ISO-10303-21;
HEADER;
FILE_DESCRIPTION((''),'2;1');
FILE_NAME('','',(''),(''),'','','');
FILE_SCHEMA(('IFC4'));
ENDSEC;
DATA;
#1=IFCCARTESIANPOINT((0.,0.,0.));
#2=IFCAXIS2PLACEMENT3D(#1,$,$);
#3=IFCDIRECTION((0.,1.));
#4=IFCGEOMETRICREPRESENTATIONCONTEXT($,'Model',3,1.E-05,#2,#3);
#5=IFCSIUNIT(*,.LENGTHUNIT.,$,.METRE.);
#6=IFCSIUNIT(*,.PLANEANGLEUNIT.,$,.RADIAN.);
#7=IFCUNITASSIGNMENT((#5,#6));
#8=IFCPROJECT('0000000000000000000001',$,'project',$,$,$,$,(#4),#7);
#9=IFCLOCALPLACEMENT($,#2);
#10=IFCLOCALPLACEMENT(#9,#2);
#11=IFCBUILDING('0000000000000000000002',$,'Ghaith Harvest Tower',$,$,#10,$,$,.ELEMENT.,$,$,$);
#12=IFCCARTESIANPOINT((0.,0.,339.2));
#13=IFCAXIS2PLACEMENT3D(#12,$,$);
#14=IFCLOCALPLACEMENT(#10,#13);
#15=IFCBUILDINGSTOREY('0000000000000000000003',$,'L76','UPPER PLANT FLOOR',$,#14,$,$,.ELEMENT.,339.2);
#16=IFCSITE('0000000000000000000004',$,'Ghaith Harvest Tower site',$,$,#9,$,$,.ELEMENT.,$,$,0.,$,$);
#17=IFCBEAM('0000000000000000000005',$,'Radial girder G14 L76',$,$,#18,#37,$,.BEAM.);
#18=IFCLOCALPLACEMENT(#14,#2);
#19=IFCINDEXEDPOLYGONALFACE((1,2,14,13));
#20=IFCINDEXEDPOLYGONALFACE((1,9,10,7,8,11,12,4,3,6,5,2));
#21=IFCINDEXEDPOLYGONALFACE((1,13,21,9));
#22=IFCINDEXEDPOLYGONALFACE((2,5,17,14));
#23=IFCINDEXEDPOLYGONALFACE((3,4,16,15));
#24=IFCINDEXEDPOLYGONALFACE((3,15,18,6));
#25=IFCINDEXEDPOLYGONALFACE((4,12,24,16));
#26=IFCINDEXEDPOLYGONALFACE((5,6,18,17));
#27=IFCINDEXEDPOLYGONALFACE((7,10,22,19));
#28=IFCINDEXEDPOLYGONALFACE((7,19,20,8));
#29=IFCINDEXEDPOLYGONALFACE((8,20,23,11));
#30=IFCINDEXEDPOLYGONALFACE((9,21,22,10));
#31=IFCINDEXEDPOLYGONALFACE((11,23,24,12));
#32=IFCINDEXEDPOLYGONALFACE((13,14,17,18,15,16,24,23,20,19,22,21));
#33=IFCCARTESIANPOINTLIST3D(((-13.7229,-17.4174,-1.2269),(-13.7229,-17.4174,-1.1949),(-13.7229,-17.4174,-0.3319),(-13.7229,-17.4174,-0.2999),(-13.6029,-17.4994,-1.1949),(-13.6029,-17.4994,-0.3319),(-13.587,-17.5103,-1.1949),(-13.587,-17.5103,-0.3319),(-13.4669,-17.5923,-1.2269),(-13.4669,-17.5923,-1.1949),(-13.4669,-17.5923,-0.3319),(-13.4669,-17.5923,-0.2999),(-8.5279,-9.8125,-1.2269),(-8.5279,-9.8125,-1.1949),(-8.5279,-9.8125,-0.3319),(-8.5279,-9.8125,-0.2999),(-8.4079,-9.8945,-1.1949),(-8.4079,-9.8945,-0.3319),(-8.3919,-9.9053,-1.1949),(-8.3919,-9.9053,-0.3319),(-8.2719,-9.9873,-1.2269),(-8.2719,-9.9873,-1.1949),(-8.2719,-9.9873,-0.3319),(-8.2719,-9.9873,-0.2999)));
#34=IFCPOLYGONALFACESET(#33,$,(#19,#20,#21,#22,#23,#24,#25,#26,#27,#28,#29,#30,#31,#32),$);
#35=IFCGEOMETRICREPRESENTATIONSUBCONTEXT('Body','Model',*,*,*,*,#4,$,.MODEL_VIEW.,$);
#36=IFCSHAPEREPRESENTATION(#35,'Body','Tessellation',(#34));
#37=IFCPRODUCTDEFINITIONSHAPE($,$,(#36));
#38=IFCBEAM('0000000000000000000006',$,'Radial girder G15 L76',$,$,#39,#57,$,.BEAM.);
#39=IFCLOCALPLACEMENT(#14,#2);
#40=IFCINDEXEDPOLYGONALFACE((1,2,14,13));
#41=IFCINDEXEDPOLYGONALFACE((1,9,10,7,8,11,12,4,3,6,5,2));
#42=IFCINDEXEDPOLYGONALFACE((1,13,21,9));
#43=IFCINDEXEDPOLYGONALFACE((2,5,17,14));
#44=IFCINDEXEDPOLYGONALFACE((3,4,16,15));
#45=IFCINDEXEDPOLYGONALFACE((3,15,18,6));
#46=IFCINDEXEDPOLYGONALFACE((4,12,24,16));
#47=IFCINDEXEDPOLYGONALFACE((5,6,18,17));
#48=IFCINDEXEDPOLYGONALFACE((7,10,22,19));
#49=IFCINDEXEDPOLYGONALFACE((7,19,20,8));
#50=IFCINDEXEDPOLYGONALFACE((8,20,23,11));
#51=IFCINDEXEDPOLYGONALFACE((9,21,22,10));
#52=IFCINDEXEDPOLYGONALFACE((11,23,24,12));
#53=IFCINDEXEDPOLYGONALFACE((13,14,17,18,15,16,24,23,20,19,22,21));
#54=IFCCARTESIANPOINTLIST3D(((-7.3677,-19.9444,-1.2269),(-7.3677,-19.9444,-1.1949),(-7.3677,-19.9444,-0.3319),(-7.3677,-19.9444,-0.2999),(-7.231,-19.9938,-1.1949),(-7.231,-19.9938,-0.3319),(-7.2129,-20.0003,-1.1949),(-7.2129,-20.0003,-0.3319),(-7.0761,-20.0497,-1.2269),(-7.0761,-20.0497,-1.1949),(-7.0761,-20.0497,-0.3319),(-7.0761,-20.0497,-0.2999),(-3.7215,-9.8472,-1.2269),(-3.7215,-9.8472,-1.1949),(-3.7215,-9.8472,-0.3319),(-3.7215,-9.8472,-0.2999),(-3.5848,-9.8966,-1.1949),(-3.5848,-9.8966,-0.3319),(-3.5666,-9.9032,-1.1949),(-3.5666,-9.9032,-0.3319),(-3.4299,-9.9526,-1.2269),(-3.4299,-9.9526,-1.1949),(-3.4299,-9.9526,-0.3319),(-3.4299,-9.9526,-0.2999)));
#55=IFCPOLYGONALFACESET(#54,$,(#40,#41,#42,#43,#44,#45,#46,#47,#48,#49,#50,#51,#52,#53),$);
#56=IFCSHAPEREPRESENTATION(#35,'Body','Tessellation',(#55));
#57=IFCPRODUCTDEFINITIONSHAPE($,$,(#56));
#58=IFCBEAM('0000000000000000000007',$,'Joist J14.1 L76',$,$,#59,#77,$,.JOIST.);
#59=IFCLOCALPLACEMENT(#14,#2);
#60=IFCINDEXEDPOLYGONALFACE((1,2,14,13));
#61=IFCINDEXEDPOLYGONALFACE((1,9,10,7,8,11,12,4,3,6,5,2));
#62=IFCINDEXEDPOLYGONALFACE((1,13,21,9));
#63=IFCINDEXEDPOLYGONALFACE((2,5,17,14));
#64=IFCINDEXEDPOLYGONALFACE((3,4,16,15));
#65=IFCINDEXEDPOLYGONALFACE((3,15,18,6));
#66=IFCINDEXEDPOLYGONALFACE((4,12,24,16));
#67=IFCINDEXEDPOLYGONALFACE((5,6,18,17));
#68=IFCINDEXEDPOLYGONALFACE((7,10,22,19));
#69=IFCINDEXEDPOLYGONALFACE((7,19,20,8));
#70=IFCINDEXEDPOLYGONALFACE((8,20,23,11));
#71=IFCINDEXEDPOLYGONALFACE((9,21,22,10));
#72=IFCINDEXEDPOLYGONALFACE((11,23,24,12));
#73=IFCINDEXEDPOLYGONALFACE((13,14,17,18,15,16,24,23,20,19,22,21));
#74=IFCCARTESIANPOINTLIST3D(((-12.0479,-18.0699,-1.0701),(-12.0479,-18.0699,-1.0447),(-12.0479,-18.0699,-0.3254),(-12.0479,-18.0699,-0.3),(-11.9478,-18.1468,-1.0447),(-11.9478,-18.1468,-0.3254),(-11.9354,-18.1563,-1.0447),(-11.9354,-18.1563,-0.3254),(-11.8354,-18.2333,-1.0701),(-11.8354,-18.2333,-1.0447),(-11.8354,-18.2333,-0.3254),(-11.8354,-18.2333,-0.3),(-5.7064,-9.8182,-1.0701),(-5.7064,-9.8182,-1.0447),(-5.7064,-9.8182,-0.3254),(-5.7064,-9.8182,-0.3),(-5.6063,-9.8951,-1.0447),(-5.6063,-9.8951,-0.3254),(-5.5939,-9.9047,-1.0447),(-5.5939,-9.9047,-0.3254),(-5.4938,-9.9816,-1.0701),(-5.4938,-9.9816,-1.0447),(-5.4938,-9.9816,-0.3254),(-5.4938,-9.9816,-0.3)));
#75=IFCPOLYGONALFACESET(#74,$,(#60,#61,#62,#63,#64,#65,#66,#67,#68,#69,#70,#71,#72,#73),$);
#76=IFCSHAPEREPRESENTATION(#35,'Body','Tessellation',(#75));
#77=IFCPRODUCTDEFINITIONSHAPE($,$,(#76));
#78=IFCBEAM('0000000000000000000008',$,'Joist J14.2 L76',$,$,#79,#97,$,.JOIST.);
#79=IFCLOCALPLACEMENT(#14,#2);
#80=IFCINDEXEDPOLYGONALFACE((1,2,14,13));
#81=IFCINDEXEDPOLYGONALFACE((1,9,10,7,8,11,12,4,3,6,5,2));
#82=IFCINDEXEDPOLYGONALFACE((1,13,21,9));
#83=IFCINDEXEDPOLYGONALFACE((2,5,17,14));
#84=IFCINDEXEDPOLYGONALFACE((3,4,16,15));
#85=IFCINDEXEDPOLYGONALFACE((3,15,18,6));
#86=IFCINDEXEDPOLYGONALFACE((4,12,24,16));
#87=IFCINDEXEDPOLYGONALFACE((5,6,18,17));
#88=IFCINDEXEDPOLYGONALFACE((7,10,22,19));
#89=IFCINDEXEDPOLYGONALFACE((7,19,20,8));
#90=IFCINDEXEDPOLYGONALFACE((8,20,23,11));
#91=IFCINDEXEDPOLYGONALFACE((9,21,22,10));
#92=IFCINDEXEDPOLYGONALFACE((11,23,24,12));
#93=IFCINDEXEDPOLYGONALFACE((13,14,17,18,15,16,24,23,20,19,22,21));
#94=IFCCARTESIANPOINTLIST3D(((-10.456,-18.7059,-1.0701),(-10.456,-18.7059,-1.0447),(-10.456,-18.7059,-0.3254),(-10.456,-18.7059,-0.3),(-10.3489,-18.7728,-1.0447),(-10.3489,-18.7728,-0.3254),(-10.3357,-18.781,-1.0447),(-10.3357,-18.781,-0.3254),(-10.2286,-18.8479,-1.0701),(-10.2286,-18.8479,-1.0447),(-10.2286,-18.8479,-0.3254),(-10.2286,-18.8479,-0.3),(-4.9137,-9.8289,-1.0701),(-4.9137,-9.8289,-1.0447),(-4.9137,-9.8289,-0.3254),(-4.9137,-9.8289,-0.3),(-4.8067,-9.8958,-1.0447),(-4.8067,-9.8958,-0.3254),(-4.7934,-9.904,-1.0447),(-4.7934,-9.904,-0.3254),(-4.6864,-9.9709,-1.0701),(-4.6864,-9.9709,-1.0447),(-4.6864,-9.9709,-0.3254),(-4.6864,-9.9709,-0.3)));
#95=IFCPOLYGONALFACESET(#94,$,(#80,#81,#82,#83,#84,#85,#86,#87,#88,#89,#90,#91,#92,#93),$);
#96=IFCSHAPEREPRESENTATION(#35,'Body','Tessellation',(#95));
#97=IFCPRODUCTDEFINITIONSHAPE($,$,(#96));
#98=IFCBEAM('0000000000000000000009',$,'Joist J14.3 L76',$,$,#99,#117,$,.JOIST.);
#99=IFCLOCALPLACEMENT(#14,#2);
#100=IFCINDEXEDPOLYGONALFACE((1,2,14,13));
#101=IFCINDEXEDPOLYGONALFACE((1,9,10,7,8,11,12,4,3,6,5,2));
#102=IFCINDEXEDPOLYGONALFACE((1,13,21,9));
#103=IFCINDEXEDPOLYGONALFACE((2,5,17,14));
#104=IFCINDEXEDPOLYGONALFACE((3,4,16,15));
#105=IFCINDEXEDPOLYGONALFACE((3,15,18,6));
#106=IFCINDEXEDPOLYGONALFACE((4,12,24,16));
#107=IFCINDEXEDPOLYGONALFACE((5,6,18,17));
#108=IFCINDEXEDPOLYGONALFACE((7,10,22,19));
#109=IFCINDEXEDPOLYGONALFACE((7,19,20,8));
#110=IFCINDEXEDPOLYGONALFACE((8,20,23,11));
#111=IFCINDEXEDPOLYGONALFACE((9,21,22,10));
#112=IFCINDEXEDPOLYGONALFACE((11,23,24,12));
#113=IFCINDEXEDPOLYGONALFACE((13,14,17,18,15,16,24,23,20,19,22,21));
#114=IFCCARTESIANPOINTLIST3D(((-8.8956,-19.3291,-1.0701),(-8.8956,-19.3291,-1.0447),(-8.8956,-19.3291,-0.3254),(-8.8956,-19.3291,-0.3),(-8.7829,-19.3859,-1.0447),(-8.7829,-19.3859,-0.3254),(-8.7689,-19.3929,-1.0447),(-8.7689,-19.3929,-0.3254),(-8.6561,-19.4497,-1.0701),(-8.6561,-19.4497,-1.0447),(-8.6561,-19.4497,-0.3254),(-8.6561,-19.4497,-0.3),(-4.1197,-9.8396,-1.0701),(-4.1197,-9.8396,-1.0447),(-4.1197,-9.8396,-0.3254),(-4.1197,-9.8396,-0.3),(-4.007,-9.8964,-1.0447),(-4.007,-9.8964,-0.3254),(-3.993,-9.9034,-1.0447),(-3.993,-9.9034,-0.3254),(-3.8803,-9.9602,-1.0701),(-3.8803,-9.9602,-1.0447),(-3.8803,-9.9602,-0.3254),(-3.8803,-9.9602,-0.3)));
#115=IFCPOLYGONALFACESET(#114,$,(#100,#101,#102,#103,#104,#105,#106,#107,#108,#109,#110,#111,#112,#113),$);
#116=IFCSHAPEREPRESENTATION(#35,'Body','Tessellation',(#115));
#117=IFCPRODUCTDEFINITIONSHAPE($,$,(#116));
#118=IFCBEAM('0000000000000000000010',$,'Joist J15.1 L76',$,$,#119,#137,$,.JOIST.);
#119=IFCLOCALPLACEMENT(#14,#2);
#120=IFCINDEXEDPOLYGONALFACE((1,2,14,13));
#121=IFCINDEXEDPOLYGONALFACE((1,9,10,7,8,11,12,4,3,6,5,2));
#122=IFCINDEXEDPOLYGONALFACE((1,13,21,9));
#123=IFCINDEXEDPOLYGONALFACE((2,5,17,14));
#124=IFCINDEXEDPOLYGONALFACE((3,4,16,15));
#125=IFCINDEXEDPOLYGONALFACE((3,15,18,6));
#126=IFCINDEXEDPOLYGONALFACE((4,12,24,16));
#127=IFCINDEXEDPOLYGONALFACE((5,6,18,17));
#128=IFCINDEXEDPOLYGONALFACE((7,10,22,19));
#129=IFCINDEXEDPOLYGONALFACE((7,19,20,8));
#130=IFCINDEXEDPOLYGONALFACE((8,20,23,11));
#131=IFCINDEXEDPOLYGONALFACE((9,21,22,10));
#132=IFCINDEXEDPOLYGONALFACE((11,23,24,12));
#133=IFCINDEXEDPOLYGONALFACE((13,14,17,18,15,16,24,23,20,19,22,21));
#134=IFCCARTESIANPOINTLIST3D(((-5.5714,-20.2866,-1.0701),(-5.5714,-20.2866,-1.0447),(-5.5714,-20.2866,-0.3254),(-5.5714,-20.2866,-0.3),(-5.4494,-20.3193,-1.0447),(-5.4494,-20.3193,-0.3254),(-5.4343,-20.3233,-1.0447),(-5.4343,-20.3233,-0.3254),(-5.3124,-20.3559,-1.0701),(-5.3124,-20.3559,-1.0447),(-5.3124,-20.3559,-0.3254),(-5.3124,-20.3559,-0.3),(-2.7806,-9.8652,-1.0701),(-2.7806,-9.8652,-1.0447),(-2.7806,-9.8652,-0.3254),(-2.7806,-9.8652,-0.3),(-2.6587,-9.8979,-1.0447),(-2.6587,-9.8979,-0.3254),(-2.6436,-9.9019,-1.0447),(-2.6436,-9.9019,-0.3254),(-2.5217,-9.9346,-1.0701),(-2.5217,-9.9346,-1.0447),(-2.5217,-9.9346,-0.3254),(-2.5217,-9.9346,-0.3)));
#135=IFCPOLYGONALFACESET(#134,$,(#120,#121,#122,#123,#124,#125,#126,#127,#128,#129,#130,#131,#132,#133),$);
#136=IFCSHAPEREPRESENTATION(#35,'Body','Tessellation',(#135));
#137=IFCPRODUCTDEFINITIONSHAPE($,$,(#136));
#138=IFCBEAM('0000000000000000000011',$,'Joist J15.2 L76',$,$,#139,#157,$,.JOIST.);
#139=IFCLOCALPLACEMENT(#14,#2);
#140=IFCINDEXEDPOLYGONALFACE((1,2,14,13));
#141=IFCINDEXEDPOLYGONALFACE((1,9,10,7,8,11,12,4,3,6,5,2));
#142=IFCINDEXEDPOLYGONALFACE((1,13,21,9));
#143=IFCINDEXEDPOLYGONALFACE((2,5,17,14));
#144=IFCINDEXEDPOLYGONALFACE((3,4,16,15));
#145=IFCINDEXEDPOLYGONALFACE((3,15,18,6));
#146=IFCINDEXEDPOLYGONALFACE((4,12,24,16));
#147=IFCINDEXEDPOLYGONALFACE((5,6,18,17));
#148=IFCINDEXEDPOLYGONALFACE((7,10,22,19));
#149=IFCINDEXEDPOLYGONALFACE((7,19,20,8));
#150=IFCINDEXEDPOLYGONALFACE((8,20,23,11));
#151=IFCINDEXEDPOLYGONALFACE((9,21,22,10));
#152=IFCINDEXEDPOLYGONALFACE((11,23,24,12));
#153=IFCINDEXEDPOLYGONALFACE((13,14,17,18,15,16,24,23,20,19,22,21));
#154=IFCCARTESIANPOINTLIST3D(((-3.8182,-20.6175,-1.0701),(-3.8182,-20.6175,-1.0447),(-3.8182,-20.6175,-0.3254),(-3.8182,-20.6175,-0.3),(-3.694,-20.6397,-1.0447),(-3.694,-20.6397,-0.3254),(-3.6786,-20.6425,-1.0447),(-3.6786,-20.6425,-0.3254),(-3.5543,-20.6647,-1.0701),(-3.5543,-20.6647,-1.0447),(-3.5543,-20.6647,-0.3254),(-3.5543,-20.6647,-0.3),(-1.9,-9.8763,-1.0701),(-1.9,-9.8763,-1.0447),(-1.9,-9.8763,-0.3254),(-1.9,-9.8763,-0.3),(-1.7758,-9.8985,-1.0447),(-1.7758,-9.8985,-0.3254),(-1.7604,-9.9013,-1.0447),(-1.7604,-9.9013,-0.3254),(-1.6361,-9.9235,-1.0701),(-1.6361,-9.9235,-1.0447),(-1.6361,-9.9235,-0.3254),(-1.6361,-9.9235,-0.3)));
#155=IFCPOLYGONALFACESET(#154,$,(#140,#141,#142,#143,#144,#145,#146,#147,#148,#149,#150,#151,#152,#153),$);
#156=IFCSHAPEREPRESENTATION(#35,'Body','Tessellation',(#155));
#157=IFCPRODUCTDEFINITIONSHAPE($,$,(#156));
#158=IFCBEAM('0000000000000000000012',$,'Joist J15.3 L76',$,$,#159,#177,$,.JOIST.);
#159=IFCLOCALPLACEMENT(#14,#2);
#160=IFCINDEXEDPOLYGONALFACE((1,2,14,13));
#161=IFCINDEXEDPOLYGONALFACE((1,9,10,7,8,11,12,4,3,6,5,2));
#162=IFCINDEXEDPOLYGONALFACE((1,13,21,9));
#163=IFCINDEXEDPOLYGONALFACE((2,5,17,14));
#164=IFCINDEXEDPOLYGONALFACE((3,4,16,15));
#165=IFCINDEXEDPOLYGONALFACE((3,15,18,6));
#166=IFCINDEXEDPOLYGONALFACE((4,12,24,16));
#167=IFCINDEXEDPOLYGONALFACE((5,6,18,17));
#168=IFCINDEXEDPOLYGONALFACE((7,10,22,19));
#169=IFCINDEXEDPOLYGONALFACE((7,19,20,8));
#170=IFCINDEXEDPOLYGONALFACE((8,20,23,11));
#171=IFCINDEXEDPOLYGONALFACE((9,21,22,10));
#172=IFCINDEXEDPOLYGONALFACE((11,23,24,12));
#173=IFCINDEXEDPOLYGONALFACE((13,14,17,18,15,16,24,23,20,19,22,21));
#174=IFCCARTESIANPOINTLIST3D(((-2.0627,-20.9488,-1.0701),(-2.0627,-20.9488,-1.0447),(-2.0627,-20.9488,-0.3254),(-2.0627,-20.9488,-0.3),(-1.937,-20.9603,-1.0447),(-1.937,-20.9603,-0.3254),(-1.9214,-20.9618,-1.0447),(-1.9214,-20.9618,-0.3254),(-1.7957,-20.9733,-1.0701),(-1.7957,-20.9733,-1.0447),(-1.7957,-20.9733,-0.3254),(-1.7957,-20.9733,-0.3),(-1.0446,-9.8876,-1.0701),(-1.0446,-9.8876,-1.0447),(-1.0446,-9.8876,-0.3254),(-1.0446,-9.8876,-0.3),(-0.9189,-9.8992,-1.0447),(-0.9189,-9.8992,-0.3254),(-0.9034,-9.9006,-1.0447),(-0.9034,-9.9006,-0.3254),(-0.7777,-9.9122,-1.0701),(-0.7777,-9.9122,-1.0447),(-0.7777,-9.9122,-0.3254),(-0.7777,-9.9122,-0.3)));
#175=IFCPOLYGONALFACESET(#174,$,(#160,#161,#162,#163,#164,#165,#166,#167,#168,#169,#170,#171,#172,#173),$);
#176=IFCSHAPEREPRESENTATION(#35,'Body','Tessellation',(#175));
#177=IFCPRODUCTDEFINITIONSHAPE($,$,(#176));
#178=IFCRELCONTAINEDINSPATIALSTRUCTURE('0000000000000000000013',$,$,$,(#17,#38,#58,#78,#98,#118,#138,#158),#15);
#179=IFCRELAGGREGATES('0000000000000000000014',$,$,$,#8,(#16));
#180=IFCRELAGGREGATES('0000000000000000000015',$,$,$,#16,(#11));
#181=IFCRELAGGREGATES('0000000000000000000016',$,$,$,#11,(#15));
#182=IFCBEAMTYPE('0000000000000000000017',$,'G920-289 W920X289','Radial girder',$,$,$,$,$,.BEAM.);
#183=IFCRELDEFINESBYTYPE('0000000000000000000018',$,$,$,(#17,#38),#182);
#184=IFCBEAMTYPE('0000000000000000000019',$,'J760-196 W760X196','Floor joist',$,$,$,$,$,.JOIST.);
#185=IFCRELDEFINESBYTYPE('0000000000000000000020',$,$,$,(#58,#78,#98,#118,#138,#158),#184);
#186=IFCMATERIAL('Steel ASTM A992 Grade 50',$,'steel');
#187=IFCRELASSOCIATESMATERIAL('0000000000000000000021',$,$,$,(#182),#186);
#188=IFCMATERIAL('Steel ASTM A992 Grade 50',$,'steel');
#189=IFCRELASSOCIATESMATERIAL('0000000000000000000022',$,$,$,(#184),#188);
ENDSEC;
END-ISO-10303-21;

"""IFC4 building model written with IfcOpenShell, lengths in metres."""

from ifc_helpers import new_model, si_unit, direction, frame, origin, origin_2d, place, context, subcontext, project, spatial, i_section, extrude, material, material_profile, profile_set, type_object, element, save


model = new_model("IFC4")

# Units and contexts
model_context = context("Model", 3, precision=1e-05, world=origin(), true_north=direction((0.0, 1.0)))
body_context = subcontext(model_context, "Body", "Model", "MODEL_VIEW")
ifc_project = project(units=[si_unit("LENGTHUNIT", "METRE"), si_unit("PLANEANGLEUNIT", "RADIAN")], contexts=[model_context])

# Site, building, storey
site_placement = place(None, origin())
site = spatial("IfcSite", under=ifc_project, at=site_placement, Name="Ghaith Harvest Tower site", CompositionType="ELEMENT", RefElevation=0.0)
building_placement = place(site_placement, origin())
building = spatial("IfcBuilding", under=site, at=building_placement, Name="Ghaith Harvest Tower", CompositionType="ELEMENT")
storey_placement = place(building_placement, frame((0.0, 0.0, 339.2)))
storey = spatial("IfcBuildingStorey", under=building, at=storey_placement, Name="L76", Description="UPPER PLANT FLOOR", CompositionType="ELEMENT", Elevation=339.2)

# Beams
ifc_material_1 = material(Name="Steel ASTM A992 Grade 50", Category="steel")
ifc_material_profile_1 = material_profile(ifc_material_1, i_section(OverallWidth=0.3101, OverallDepth=0.927, WebThickness=0.0193, FlangeThickness=0.032, at=origin_2d()), Name="W920X289")
ifc_profile_set_1 = profile_set([ifc_material_profile_1], Name="Steel ASTM A992 Grade 50")
beam_type_1 = type_object("IfcBeamType", Name="G920-289 W920X289", Description="Radial girder", PredefinedType="BEAM", material=ifc_profile_set_1)
beam_1_placement = place(storey_placement, frame((-8.3999, -9.8999, -0.7634), z_axis=(-0.564067, -0.825729, 0.0), x_axis=(0.825729, -0.564067, 0.0)))
element("IfcBeam", 1, at=beam_1_placement, inside=storey, type_object=beam_type_1, Name="Radial girder G14 L76", PredefinedType="BEAM", context=body_context, shape_type="SweptSolid", body=[
    extrude(i_section(OverallWidth=0.3101, OverallDepth=0.927, WebThickness=0.0193, FlangeThickness=0.032, at=origin_2d()), origin(), (0.0, 0.0, 1.0), 9.21),
])
beam_2_placement = place(storey_placement, frame((-3.5757, -9.8999, -0.7634), z_axis=(-0.339648, -0.940553, 0.0), x_axis=(0.940553, -0.339648, 0.0)))
element("IfcBeam", 2, at=beam_2_placement, inside=storey, type_object=beam_type_1, Name="Radial girder G15 L76", PredefinedType="BEAM", context=body_context, shape_type="SweptSolid", body=[
    extrude(i_section(OverallWidth=0.3101, OverallDepth=0.927, WebThickness=0.0193, FlangeThickness=0.032, at=origin_2d()), origin(), (0.0, 0.0, 1.0), 10.7354),
])
ifc_material_2 = material(Name="Steel ASTM A992 Grade 50", Category="steel")
ifc_material_profile_2 = material_profile(ifc_material_2, i_section(OverallWidth=0.2681, OverallDepth=0.77, WebThickness=0.0156, FlangeThickness=0.0254, at=origin_2d()), Name="W760X196")
ifc_profile_set_2 = profile_set([ifc_material_profile_2], Name="Steel ASTM A992 Grade 50")
beam_type_2 = type_object("IfcBeamType", Name="J760-196 W760X196", Description="Floor joist", PredefinedType="JOIST", material=ifc_profile_set_2)
beam_3_placement = place(storey_placement, frame((-5.6001, -9.8999, -0.6851), z_axis=(-0.609354, -0.792899, 0.0), x_axis=(0.792899, -0.609354, 0.0)))
element("IfcBeam", 3, at=beam_3_placement, inside=storey, type_object=beam_type_2, Name="Joist J14.1 L76", PredefinedType="JOIST", context=body_context, shape_type="SweptSolid", body=[
    extrude(i_section(OverallWidth=0.2681, OverallDepth=0.77, WebThickness=0.0156, FlangeThickness=0.0254, at=origin_2d()), origin(), (0.0, 0.0, 1.0), 10.407),
])
beam_4_placement = place(storey_placement, frame((-4.8, -9.8999, -0.6851), z_axis=(-0.529596, -0.84825, 0.0), x_axis=(0.84825, -0.529596, 0.0)))
element("IfcBeam", 4, at=beam_4_placement, inside=storey, type_object=beam_type_2, Name="Joist J14.2 L76", PredefinedType="JOIST", context=body_context, shape_type="SweptSolid", body=[
    extrude(i_section(OverallWidth=0.2681, OverallDepth=0.77, WebThickness=0.0156, FlangeThickness=0.0254, at=origin_2d()), origin(), (0.0, 0.0, 1.0), 10.4651),
])
beam_5_placement = place(storey_placement, frame((-4.0, -9.8999, -0.6851), z_axis=(-0.449556, -0.893252, 0.0), x_axis=(0.893252, -0.449556, 0.0)))
element("IfcBeam", 5, at=beam_5_placement, inside=storey, type_object=beam_type_2, Name="Joist J14.3 L76", PredefinedType="JOIST", context=body_context, shape_type="SweptSolid", body=[
    extrude(i_section(OverallWidth=0.2681, OverallDepth=0.77, WebThickness=0.0156, FlangeThickness=0.0254, at=origin_2d()), origin(), (0.0, 0.0, 1.0), 10.6235),
])
beam_6_placement = place(storey_placement, frame((-2.6511, -9.8999, -0.6851), z_axis=(-0.258678, -0.965964, 0.0), x_axis=(0.965964, -0.258678, 0.0)))
element("IfcBeam", 6, at=beam_6_placement, inside=storey, type_object=beam_type_2, Name="Joist J15.1 L76", PredefinedType="JOIST", context=body_context, shape_type="SweptSolid", body=[
    extrude(i_section(OverallWidth=0.2681, OverallDepth=0.77, WebThickness=0.0156, FlangeThickness=0.0254, at=origin_2d()), origin(), (0.0, 0.0, 1.0), 10.7886),
])
beam_7_placement = place(storey_placement, frame((-1.7681, -9.8999, -0.6851), z_axis=(-0.175803, -0.984425, 0.0), x_axis=(0.984425, -0.175803, 0.0)))
element("IfcBeam", 7, at=beam_7_placement, inside=storey, type_object=beam_type_2, Name="Joist J15.2 L76", PredefinedType="JOIST", context=body_context, shape_type="SweptSolid", body=[
    extrude(i_section(OverallWidth=0.2681, OverallDepth=0.77, WebThickness=0.0156, FlangeThickness=0.0254, at=origin_2d()), origin(), (0.0, 0.0, 1.0), 10.9111),
])
beam_8_placement = place(storey_placement, frame((-0.9111, -9.8999, -0.6851), z_axis=(-0.091651, -0.995791, 0.0), x_axis=(0.995791, -0.091651, 0.0)))
element("IfcBeam", 8, at=beam_8_placement, inside=storey, type_object=beam_type_2, Name="Joist J15.3 L76", PredefinedType="JOIST", context=body_context, shape_type="SweptSolid", body=[
    extrude(i_section(OverallWidth=0.2681, OverallDepth=0.77, WebThickness=0.0156, FlangeThickness=0.0254, at=origin_2d()), origin(), (0.0, 0.0, 1.0), 11.1079),
])

save(model, "model.ifc")
